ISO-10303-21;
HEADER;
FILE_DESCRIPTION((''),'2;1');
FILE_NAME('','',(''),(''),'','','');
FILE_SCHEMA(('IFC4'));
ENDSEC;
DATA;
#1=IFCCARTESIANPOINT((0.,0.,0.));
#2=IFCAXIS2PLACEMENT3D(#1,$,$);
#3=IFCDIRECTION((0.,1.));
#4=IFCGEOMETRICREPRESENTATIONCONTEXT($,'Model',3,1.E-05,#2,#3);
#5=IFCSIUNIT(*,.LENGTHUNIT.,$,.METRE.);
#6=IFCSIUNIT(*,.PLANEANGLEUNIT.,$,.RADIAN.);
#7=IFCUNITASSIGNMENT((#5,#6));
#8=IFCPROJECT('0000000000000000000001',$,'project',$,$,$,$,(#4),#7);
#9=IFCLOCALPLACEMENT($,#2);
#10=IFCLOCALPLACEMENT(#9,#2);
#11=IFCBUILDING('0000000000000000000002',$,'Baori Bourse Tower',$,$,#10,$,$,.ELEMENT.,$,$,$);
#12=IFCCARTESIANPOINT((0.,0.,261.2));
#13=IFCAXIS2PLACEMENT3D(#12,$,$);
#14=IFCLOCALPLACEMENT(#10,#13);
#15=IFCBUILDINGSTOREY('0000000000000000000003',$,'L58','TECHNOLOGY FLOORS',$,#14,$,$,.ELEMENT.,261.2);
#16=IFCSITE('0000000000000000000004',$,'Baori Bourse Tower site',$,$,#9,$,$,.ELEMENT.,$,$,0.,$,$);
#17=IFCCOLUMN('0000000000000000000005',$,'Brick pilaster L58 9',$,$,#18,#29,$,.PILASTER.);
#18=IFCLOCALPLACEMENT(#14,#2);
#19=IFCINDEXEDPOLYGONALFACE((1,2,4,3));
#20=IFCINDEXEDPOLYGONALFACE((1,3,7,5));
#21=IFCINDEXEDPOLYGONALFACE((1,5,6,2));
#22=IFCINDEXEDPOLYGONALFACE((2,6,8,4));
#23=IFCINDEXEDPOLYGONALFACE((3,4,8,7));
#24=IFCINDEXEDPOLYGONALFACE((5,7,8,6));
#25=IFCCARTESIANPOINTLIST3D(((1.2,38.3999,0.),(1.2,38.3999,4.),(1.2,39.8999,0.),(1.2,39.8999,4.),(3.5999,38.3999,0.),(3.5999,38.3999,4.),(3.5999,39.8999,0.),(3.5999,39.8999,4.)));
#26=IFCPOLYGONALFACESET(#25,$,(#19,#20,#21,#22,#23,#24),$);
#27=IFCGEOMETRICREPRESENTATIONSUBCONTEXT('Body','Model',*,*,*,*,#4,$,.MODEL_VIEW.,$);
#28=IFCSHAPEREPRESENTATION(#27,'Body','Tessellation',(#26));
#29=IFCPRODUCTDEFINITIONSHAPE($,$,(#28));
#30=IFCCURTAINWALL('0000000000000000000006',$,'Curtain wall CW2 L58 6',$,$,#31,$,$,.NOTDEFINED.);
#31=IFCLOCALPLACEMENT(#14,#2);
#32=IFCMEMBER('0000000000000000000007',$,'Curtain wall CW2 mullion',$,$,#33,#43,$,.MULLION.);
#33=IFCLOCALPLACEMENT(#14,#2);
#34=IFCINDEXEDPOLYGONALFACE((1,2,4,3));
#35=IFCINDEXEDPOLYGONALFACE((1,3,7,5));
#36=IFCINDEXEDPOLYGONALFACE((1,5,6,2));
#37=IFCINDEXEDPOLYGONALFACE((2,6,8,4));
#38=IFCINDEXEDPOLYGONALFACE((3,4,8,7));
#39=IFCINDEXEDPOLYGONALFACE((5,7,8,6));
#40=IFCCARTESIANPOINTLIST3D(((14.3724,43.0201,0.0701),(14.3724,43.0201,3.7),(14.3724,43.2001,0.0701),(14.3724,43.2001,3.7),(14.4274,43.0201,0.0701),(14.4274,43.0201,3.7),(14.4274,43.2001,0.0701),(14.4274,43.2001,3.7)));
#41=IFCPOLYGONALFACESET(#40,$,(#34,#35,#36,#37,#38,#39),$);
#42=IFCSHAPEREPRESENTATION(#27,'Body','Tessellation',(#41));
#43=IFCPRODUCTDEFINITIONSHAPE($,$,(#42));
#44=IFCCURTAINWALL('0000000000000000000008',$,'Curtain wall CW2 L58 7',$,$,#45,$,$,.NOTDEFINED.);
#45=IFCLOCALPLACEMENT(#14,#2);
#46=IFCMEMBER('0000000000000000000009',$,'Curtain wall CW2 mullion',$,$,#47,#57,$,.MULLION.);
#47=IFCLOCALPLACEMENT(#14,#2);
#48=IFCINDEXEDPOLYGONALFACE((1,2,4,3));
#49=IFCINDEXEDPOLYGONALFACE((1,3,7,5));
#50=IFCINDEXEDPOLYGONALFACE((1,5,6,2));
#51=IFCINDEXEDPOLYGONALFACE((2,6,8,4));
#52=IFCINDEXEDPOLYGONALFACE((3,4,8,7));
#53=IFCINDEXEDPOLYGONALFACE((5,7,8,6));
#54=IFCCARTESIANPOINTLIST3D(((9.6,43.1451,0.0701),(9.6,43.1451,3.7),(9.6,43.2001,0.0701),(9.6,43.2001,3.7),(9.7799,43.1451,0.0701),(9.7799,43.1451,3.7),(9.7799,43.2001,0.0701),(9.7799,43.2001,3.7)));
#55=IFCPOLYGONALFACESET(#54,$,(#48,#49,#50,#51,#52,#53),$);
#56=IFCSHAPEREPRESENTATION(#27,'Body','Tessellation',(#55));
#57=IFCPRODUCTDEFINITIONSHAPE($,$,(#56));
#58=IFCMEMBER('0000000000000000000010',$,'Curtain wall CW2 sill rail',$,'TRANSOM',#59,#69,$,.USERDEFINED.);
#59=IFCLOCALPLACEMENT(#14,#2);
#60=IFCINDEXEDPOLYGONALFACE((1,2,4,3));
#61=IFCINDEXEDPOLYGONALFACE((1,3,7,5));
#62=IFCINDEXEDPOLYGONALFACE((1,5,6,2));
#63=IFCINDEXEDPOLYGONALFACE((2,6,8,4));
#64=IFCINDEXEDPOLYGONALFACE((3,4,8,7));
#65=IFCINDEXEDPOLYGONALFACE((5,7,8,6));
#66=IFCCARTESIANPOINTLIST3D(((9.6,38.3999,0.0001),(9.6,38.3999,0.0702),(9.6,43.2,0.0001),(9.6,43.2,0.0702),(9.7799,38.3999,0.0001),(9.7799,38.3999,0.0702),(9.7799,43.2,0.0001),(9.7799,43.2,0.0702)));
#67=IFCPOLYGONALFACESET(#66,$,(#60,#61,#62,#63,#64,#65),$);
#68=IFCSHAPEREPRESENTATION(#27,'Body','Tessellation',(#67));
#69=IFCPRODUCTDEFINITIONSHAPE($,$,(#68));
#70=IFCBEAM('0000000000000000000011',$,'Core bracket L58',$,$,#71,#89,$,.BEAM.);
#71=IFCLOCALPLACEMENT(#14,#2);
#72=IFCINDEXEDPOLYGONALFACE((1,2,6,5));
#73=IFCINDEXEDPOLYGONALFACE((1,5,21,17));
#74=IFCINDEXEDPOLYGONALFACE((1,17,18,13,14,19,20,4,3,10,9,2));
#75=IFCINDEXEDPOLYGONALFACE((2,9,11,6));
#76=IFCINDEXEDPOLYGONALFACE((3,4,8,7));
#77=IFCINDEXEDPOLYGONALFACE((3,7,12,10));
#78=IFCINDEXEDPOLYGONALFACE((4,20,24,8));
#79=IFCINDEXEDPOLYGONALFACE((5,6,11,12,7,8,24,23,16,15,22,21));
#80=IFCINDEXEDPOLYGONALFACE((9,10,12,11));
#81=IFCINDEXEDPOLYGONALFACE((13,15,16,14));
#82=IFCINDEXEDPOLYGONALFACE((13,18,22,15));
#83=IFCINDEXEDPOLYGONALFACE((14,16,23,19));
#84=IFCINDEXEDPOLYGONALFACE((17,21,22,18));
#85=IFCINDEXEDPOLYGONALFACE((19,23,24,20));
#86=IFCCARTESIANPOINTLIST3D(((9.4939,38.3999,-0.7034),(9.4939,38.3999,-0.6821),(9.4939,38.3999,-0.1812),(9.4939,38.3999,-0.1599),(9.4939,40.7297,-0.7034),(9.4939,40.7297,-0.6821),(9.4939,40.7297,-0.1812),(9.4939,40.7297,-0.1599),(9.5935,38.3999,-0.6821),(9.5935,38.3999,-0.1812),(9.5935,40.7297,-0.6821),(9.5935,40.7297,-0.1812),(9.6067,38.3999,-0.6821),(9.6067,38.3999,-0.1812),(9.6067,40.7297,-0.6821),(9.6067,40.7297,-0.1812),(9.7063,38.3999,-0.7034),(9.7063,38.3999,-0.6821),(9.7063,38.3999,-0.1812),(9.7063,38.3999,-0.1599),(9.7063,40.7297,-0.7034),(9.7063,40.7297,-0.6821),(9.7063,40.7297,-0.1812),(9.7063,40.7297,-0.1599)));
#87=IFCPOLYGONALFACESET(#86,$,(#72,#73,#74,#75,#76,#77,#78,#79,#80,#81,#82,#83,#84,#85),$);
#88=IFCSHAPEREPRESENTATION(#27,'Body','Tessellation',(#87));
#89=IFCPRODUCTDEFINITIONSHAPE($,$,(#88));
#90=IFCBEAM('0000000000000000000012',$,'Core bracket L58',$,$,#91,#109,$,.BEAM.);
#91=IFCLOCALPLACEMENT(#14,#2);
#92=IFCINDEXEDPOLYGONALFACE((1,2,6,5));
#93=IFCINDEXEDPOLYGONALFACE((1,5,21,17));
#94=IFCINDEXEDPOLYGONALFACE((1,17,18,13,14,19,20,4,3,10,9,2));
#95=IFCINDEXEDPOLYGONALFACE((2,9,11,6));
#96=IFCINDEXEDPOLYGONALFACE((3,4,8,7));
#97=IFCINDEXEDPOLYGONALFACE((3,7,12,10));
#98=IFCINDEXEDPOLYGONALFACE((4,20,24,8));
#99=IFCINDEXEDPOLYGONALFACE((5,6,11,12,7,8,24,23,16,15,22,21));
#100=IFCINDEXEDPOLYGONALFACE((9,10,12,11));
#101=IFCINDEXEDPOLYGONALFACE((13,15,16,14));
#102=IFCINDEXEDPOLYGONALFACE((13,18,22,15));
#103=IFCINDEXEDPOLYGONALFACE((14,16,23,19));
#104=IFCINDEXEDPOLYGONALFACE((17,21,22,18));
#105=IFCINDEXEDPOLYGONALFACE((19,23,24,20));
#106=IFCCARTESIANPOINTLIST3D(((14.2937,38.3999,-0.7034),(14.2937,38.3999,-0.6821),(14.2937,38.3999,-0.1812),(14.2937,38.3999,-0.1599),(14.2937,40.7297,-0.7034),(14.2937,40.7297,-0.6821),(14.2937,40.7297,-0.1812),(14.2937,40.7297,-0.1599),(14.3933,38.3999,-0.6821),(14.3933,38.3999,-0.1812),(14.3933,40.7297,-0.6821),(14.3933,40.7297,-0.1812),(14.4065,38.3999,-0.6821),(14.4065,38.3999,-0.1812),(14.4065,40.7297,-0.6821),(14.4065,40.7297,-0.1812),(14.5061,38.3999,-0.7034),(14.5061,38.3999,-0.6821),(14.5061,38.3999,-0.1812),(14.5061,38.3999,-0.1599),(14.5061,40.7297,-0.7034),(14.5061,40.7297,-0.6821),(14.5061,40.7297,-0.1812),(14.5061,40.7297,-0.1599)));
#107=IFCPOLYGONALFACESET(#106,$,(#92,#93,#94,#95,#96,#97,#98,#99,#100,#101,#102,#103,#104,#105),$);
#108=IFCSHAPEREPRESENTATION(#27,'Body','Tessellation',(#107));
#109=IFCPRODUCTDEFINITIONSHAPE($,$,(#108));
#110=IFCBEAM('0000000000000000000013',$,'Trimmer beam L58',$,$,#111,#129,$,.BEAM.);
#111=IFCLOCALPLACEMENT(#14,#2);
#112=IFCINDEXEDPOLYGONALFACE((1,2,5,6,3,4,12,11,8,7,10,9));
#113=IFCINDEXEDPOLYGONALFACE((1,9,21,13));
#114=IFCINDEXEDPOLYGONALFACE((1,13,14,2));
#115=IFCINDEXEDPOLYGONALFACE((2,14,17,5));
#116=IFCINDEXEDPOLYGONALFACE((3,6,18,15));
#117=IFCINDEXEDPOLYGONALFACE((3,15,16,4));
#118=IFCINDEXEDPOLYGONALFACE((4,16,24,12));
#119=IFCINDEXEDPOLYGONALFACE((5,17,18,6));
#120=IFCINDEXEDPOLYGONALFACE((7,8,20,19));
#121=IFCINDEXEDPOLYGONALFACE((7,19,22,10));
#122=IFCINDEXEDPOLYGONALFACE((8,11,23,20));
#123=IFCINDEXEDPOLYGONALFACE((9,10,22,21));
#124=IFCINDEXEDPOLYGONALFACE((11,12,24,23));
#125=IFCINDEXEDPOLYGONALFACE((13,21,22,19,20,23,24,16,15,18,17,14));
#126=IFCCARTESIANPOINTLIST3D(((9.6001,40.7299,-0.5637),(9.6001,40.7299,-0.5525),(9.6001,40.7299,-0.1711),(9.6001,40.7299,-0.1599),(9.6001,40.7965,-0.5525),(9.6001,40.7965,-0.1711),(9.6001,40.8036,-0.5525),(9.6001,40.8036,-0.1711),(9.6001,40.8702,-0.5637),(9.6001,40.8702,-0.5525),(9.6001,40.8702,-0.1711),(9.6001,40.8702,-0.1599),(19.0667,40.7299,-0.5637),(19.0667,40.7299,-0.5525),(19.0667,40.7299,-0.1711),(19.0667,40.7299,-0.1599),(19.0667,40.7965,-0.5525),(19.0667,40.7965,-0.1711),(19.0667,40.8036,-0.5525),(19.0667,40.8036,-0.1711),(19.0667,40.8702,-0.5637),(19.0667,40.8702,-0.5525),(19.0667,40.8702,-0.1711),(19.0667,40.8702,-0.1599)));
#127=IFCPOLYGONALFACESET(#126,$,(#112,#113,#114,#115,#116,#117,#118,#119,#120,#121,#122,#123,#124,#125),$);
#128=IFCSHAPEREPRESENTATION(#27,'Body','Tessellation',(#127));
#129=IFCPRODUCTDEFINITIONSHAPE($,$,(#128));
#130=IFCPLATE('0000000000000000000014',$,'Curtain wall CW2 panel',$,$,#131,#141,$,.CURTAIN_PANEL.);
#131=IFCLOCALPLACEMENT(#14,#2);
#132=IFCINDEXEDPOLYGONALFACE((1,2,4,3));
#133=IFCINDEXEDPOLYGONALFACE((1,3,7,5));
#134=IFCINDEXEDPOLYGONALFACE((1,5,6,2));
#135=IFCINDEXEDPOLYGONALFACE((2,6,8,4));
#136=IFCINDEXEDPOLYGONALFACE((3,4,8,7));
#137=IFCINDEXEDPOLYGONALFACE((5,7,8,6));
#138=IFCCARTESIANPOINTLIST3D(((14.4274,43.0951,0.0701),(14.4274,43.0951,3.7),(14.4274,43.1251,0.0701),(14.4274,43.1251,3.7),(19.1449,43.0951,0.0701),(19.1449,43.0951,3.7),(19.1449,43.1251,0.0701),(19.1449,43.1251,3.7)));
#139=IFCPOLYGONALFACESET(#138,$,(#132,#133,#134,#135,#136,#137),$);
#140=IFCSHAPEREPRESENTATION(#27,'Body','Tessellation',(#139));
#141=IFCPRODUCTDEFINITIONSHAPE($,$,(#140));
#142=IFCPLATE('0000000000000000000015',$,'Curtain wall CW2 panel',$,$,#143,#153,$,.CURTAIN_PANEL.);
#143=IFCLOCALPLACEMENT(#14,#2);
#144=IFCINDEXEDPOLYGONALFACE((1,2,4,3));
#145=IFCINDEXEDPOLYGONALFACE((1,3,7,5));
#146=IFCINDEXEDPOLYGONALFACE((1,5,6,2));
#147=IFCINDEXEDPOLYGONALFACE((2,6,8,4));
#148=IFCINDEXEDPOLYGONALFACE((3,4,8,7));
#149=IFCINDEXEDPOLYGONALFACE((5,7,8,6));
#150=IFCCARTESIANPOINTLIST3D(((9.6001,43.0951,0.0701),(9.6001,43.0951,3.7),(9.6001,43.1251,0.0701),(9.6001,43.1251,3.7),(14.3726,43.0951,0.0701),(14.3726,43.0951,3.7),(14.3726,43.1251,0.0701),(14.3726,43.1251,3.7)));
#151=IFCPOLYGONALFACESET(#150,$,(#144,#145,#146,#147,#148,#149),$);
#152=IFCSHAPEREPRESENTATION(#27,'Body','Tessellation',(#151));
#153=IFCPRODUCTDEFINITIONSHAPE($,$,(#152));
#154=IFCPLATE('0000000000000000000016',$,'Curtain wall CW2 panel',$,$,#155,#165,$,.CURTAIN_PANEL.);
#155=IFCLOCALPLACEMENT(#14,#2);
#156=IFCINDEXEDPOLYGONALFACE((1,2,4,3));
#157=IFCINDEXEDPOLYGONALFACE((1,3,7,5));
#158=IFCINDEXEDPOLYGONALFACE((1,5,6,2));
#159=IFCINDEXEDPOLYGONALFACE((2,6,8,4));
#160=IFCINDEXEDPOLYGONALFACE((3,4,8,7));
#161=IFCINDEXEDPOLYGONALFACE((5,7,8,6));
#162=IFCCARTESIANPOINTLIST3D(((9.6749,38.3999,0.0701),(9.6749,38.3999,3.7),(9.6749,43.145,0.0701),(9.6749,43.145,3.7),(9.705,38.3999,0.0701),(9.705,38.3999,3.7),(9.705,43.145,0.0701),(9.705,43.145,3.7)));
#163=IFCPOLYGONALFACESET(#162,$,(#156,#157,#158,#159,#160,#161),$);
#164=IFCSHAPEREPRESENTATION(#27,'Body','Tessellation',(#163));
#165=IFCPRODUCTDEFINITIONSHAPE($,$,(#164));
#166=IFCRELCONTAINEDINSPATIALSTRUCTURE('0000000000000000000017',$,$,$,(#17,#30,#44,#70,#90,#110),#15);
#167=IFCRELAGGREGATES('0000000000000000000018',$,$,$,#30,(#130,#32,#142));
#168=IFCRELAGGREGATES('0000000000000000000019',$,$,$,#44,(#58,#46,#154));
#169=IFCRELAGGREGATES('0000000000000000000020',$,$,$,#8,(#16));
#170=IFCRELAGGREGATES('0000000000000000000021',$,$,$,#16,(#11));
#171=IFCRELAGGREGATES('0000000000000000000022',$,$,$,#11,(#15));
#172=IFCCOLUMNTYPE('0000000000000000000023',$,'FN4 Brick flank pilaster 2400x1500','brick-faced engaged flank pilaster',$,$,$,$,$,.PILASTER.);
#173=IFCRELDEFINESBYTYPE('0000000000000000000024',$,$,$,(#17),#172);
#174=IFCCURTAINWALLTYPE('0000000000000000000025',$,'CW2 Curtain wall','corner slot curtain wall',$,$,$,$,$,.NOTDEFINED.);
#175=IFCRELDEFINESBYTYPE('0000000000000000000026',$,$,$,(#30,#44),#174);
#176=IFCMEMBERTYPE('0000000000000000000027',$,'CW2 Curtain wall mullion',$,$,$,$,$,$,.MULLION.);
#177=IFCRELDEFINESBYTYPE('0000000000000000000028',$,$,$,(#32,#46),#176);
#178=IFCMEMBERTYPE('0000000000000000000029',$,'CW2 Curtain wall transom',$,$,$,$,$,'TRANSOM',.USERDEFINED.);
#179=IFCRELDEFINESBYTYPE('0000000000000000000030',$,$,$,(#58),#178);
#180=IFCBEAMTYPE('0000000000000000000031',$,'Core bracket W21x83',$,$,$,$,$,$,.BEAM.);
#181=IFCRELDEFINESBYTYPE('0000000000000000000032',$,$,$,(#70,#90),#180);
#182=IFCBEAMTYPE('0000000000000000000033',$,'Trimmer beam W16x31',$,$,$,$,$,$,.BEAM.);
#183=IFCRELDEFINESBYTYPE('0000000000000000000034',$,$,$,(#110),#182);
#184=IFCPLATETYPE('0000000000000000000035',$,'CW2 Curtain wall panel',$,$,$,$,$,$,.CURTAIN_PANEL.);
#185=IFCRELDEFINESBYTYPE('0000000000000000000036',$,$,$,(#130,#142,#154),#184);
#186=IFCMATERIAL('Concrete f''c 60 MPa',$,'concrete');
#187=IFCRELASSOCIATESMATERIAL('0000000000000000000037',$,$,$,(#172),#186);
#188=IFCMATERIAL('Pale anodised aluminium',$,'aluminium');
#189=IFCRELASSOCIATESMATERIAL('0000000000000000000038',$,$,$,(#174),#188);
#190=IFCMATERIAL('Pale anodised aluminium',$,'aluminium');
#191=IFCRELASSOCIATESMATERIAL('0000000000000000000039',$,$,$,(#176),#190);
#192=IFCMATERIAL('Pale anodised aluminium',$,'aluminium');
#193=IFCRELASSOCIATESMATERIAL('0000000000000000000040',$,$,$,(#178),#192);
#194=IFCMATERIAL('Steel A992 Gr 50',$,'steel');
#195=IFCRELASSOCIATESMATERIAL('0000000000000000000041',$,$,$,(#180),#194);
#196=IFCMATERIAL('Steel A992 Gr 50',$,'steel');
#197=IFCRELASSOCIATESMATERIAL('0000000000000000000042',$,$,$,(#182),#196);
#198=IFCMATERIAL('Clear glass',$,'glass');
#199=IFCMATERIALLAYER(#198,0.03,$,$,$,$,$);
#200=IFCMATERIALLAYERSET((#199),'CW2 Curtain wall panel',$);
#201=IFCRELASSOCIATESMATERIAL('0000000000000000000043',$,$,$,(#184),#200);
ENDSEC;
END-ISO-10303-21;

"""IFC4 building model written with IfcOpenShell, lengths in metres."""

from ifc_helpers import new_model, si_unit, direction, frame, origin, origin_2d, place, context, subcontext, project, spatial, rectangle, i_section, extrude, material, layer, layer_set, material_profile, profile_set, type_object, element, aggregate, save


model = new_model("IFC4")

# Units and contexts
model_context = context("Model", 3, precision=1e-05, world=origin(), true_north=direction((0.0, 1.0)))
body_context = subcontext(model_context, "Body", "Model", "MODEL_VIEW")
ifc_project = project(units=[si_unit("LENGTHUNIT", "METRE"), si_unit("PLANEANGLEUNIT", "RADIAN")], contexts=[model_context])

# Site, building, storey
site_placement = place(None, origin())
site = spatial("IfcSite", under=ifc_project, at=site_placement, Name="Baori Bourse Tower site", CompositionType="ELEMENT", RefElevation=0.0)
building_placement = place(site_placement, origin())
building = spatial("IfcBuilding", under=site, at=building_placement, Name="Baori Bourse Tower", CompositionType="ELEMENT")
storey_placement = place(building_placement, frame((0.0, 0.0, 261.2)))
storey = spatial("IfcBuildingStorey", under=building, at=storey_placement, Name="L58", Description="TECHNOLOGY FLOORS", CompositionType="ELEMENT", Elevation=261.2)

# Column
ifc_material_1 = material(Name="Concrete f'c 60 MPa", Category="concrete")
ifc_material_profile_1 = material_profile(ifc_material_1, rectangle(XDim=2.3999, YDim=1.5, at=origin_2d()), Name="RC 2400x1500")
ifc_profile_set_1 = profile_set([ifc_material_profile_1], Name="Concrete f'c 60 MPa")
column_type = type_object("IfcColumnType", Name="FN4 Brick flank pilaster 2400x1500", Description="brick-faced engaged flank pilaster", PredefinedType="PILASTER", material=ifc_profile_set_1)
column_placement = place(storey_placement, frame((2.3999, 39.1499, 0.0), z_axis=(0.0, 0.0, 1.0), x_axis=(1.0, 0.0, 0.0)))
element("IfcColumn", 1, at=column_placement, inside=storey, type_object=column_type, Name="Brick pilaster L58 9", PredefinedType="PILASTER", context=body_context, shape_type="SweptSolid", body=[
    extrude(rectangle(XDim=2.3999, YDim=1.5, at=origin_2d()), origin(), (0.0, 0.0, 1.0), 4.0),
])

# Curtain wall, member
ifc_material_2 = material(Name="Pale anodised aluminium", Category="aluminium")
curtain_wall_type = type_object("IfcCurtainWallType", Name="CW2 Curtain wall", Description="corner slot curtain wall", PredefinedType="NOTDEFINED", material=ifc_material_2)
curtain_wall_1_placement = place(storey_placement, origin())
curtain_wall_1 = element("IfcCurtainWall", 2, at=curtain_wall_1_placement, inside=storey, type_object=curtain_wall_type, Name="Curtain wall CW2 L58 6", PredefinedType="NOTDEFINED")
ifc_material_3 = material(Name="Pale anodised aluminium", Category="aluminium")
ifc_material_profile_2 = material_profile(ifc_material_3, rectangle(XDim=0.1799, YDim=0.0549, at=origin_2d()), Name="Mullion 55x180")
ifc_profile_set_2 = profile_set([ifc_material_profile_2], Name="Pale anodised aluminium")
member_type_1 = type_object("IfcMemberType", Name="CW2 Curtain wall mullion", PredefinedType="MULLION", material=ifc_profile_set_2)
member_1_placement = place(storey_placement, frame((14.3999, 43.1101, 0.0701), z_axis=(0.0, 0.0, 1.0), x_axis=(0.0, -1.0, 0.0)))
member_1 = element("IfcMember", 3, at=member_1_placement, type_object=member_type_1, Name="Curtain wall CW2 mullion", PredefinedType="MULLION", context=body_context, shape_type="SweptSolid", body=[
    extrude(rectangle(XDim=0.1799, YDim=0.0549, at=origin_2d()), origin(), (0.0, 0.0, 1.0), 3.6299),
])

# Curtain wall, members
curtain_wall_2_placement = place(storey_placement, origin())
curtain_wall_2 = element("IfcCurtainWall", 4, at=curtain_wall_2_placement, inside=storey, type_object=curtain_wall_type, Name="Curtain wall CW2 L58 7", PredefinedType="NOTDEFINED")
member_2_placement = place(storey_placement, frame((9.6899, 43.1726, 0.0701), z_axis=(0.0, 0.0, 1.0), x_axis=(1.0, 0.0, 0.0)))
member_2 = element("IfcMember", 5, at=member_2_placement, type_object=member_type_1, Name="Curtain wall CW2 mullion", PredefinedType="MULLION", context=body_context, shape_type="SweptSolid", body=[
    extrude(rectangle(XDim=0.1799, YDim=0.0549, at=origin_2d()), origin(), (0.0, 0.0, 1.0), 3.6299),
])
ifc_material_4 = material(Name="Pale anodised aluminium", Category="aluminium")
ifc_material_profile_3 = material_profile(ifc_material_4, rectangle(XDim=0.1799, YDim=0.0701, at=origin_2d()), Name="Transom 70x180")
ifc_profile_set_3 = profile_set([ifc_material_profile_3], Name="Pale anodised aluminium")
member_type_2 = type_object("IfcMemberType", Name="CW2 Curtain wall transom", ElementType="TRANSOM", PredefinedType="USERDEFINED", material=ifc_profile_set_3)
member_3_placement = place(storey_placement, frame((9.6899, 43.2, 0.0352), z_axis=(0.0, -1.0, 0.0), x_axis=(1.0, 0.0, 0.0)))
member_3 = element("IfcMember", 6, at=member_3_placement, type_object=member_type_2, Name="Curtain wall CW2 sill rail", ObjectType="TRANSOM", PredefinedType="USERDEFINED", context=body_context, shape_type="SweptSolid", body=[
    extrude(rectangle(XDim=0.1799, YDim=0.0701, at=origin_2d()), origin(), (0.0, 0.0, 1.0), 4.8),
])

# Beams
ifc_material_5 = material(Name="Steel A992 Gr 50", Category="steel")
ifc_material_profile_4 = material_profile(ifc_material_5, i_section(OverallWidth=0.2124, OverallDepth=0.5435, WebThickness=0.0132, FlangeThickness=0.0212, at=origin_2d()), Name="W21x83")
ifc_profile_set_4 = profile_set([ifc_material_profile_4], Name="Steel A992 Gr 50")
beam_type_1 = type_object("IfcBeamType", Name="Core bracket W21x83", PredefinedType="BEAM", material=ifc_profile_set_4)
for number, where, z_axis, x_axis, name in (
    (7, (9.6001, 38.3999, -0.4316), (0.0, 1.0, 0.0), (-1.0, 0.0, 0.0), "Core bracket L58"),
    (8, (14.3999, 38.3999, -0.4316), (0.0, 1.0, 0.0), (-1.0, 0.0, 0.0), "Core bracket L58"),
):
    element("IfcBeam", number, at=place(storey_placement, frame(where, z_axis=z_axis, x_axis=x_axis)), inside=storey, type_object=beam_type_1, Name=name, PredefinedType="BEAM", context=body_context, shape_type="SweptSolid", body=[
        extrude(i_section(OverallWidth=0.2124, OverallDepth=0.5435, WebThickness=0.0132, FlangeThickness=0.0212, at=origin_2d()), origin(), (0.0, 0.0, 1.0), 2.3298),
    ])
ifc_material_6 = material(Name="Steel A992 Gr 50", Category="steel")
ifc_material_profile_5 = material_profile(ifc_material_6, i_section(OverallWidth=0.1404, OverallDepth=0.4038, WebThickness=0.0071, FlangeThickness=0.0112, at=origin_2d()), Name="W16x31")
ifc_profile_set_5 = profile_set([ifc_material_profile_5], Name="Steel A992 Gr 50")
beam_type_2 = type_object("IfcBeamType", Name="Trimmer beam W16x31", PredefinedType="BEAM", material=ifc_profile_set_5)
beam_placement = place(storey_placement, frame((9.6001, 40.8, -0.3618), z_axis=(1.0, 0.0, 0.0), x_axis=(0.0, 1.0, 0.0)))
element("IfcBeam", 9, at=beam_placement, inside=storey, type_object=beam_type_2, Name="Trimmer beam L58", PredefinedType="BEAM", context=body_context, shape_type="SweptSolid", body=[
    extrude(i_section(OverallWidth=0.1404, OverallDepth=0.4038, WebThickness=0.0071, FlangeThickness=0.0112, at=origin_2d()), origin(), (0.0, 0.0, 1.0), 9.4666),
])

# Plates
ifc_material_7 = material(Name="Clear glass", Category="glass")
ifc_layer_1 = layer(ifc_material_7, 0.03)
ifc_layer_set_1 = layer_set([ifc_layer_1], Name="CW2 Curtain wall panel")
plate_type = type_object("IfcPlateType", Name="CW2 Curtain wall panel", PredefinedType="CURTAIN_PANEL", material=ifc_layer_set_1)
plate_1_placement = place(storey_placement, frame((16.7861, 43.1101, 0.0701), z_axis=(0.0, 0.0, 1.0), x_axis=(-1.0, 0.0, 0.0)))
plate_1 = element("IfcPlate", 10, at=plate_1_placement, type_object=plate_type, Name="Curtain wall CW2 panel", PredefinedType="CURTAIN_PANEL", context=body_context, shape_type="SweptSolid", body=[
    extrude(rectangle(XDim=4.7175, YDim=0.03, at=origin_2d()), origin(), (0.0, 0.0, 1.0), 3.6299),
])
plate_2_placement = place(storey_placement, frame((11.9863, 43.1101, 0.0701), z_axis=(0.0, 0.0, 1.0), x_axis=(-1.0, 0.0, 0.0)))
plate_2 = element("IfcPlate", 11, at=plate_2_placement, type_object=plate_type, Name="Curtain wall CW2 panel", PredefinedType="CURTAIN_PANEL", context=body_context, shape_type="SweptSolid", body=[
    extrude(rectangle(XDim=4.7725, YDim=0.03, at=origin_2d()), origin(), (0.0, 0.0, 1.0), 3.6299),
])
aggregate(curtain_wall_1, [plate_1, member_1, plate_2])
plate_3_placement = place(storey_placement, frame((9.6899, 40.7725, 0.0701), z_axis=(0.0, 0.0, 1.0), x_axis=(0.0, -1.0, 0.0)))
plate_3 = element("IfcPlate", 12, at=plate_3_placement, type_object=plate_type, Name="Curtain wall CW2 panel", PredefinedType="CURTAIN_PANEL", context=body_context, shape_type="SweptSolid", body=[
    extrude(rectangle(XDim=4.7451, YDim=0.03, at=origin_2d()), origin(), (0.0, 0.0, 1.0), 3.6299),
])
aggregate(curtain_wall_2, [member_3, member_2, plate_3])

save(model, "model.ifc")
